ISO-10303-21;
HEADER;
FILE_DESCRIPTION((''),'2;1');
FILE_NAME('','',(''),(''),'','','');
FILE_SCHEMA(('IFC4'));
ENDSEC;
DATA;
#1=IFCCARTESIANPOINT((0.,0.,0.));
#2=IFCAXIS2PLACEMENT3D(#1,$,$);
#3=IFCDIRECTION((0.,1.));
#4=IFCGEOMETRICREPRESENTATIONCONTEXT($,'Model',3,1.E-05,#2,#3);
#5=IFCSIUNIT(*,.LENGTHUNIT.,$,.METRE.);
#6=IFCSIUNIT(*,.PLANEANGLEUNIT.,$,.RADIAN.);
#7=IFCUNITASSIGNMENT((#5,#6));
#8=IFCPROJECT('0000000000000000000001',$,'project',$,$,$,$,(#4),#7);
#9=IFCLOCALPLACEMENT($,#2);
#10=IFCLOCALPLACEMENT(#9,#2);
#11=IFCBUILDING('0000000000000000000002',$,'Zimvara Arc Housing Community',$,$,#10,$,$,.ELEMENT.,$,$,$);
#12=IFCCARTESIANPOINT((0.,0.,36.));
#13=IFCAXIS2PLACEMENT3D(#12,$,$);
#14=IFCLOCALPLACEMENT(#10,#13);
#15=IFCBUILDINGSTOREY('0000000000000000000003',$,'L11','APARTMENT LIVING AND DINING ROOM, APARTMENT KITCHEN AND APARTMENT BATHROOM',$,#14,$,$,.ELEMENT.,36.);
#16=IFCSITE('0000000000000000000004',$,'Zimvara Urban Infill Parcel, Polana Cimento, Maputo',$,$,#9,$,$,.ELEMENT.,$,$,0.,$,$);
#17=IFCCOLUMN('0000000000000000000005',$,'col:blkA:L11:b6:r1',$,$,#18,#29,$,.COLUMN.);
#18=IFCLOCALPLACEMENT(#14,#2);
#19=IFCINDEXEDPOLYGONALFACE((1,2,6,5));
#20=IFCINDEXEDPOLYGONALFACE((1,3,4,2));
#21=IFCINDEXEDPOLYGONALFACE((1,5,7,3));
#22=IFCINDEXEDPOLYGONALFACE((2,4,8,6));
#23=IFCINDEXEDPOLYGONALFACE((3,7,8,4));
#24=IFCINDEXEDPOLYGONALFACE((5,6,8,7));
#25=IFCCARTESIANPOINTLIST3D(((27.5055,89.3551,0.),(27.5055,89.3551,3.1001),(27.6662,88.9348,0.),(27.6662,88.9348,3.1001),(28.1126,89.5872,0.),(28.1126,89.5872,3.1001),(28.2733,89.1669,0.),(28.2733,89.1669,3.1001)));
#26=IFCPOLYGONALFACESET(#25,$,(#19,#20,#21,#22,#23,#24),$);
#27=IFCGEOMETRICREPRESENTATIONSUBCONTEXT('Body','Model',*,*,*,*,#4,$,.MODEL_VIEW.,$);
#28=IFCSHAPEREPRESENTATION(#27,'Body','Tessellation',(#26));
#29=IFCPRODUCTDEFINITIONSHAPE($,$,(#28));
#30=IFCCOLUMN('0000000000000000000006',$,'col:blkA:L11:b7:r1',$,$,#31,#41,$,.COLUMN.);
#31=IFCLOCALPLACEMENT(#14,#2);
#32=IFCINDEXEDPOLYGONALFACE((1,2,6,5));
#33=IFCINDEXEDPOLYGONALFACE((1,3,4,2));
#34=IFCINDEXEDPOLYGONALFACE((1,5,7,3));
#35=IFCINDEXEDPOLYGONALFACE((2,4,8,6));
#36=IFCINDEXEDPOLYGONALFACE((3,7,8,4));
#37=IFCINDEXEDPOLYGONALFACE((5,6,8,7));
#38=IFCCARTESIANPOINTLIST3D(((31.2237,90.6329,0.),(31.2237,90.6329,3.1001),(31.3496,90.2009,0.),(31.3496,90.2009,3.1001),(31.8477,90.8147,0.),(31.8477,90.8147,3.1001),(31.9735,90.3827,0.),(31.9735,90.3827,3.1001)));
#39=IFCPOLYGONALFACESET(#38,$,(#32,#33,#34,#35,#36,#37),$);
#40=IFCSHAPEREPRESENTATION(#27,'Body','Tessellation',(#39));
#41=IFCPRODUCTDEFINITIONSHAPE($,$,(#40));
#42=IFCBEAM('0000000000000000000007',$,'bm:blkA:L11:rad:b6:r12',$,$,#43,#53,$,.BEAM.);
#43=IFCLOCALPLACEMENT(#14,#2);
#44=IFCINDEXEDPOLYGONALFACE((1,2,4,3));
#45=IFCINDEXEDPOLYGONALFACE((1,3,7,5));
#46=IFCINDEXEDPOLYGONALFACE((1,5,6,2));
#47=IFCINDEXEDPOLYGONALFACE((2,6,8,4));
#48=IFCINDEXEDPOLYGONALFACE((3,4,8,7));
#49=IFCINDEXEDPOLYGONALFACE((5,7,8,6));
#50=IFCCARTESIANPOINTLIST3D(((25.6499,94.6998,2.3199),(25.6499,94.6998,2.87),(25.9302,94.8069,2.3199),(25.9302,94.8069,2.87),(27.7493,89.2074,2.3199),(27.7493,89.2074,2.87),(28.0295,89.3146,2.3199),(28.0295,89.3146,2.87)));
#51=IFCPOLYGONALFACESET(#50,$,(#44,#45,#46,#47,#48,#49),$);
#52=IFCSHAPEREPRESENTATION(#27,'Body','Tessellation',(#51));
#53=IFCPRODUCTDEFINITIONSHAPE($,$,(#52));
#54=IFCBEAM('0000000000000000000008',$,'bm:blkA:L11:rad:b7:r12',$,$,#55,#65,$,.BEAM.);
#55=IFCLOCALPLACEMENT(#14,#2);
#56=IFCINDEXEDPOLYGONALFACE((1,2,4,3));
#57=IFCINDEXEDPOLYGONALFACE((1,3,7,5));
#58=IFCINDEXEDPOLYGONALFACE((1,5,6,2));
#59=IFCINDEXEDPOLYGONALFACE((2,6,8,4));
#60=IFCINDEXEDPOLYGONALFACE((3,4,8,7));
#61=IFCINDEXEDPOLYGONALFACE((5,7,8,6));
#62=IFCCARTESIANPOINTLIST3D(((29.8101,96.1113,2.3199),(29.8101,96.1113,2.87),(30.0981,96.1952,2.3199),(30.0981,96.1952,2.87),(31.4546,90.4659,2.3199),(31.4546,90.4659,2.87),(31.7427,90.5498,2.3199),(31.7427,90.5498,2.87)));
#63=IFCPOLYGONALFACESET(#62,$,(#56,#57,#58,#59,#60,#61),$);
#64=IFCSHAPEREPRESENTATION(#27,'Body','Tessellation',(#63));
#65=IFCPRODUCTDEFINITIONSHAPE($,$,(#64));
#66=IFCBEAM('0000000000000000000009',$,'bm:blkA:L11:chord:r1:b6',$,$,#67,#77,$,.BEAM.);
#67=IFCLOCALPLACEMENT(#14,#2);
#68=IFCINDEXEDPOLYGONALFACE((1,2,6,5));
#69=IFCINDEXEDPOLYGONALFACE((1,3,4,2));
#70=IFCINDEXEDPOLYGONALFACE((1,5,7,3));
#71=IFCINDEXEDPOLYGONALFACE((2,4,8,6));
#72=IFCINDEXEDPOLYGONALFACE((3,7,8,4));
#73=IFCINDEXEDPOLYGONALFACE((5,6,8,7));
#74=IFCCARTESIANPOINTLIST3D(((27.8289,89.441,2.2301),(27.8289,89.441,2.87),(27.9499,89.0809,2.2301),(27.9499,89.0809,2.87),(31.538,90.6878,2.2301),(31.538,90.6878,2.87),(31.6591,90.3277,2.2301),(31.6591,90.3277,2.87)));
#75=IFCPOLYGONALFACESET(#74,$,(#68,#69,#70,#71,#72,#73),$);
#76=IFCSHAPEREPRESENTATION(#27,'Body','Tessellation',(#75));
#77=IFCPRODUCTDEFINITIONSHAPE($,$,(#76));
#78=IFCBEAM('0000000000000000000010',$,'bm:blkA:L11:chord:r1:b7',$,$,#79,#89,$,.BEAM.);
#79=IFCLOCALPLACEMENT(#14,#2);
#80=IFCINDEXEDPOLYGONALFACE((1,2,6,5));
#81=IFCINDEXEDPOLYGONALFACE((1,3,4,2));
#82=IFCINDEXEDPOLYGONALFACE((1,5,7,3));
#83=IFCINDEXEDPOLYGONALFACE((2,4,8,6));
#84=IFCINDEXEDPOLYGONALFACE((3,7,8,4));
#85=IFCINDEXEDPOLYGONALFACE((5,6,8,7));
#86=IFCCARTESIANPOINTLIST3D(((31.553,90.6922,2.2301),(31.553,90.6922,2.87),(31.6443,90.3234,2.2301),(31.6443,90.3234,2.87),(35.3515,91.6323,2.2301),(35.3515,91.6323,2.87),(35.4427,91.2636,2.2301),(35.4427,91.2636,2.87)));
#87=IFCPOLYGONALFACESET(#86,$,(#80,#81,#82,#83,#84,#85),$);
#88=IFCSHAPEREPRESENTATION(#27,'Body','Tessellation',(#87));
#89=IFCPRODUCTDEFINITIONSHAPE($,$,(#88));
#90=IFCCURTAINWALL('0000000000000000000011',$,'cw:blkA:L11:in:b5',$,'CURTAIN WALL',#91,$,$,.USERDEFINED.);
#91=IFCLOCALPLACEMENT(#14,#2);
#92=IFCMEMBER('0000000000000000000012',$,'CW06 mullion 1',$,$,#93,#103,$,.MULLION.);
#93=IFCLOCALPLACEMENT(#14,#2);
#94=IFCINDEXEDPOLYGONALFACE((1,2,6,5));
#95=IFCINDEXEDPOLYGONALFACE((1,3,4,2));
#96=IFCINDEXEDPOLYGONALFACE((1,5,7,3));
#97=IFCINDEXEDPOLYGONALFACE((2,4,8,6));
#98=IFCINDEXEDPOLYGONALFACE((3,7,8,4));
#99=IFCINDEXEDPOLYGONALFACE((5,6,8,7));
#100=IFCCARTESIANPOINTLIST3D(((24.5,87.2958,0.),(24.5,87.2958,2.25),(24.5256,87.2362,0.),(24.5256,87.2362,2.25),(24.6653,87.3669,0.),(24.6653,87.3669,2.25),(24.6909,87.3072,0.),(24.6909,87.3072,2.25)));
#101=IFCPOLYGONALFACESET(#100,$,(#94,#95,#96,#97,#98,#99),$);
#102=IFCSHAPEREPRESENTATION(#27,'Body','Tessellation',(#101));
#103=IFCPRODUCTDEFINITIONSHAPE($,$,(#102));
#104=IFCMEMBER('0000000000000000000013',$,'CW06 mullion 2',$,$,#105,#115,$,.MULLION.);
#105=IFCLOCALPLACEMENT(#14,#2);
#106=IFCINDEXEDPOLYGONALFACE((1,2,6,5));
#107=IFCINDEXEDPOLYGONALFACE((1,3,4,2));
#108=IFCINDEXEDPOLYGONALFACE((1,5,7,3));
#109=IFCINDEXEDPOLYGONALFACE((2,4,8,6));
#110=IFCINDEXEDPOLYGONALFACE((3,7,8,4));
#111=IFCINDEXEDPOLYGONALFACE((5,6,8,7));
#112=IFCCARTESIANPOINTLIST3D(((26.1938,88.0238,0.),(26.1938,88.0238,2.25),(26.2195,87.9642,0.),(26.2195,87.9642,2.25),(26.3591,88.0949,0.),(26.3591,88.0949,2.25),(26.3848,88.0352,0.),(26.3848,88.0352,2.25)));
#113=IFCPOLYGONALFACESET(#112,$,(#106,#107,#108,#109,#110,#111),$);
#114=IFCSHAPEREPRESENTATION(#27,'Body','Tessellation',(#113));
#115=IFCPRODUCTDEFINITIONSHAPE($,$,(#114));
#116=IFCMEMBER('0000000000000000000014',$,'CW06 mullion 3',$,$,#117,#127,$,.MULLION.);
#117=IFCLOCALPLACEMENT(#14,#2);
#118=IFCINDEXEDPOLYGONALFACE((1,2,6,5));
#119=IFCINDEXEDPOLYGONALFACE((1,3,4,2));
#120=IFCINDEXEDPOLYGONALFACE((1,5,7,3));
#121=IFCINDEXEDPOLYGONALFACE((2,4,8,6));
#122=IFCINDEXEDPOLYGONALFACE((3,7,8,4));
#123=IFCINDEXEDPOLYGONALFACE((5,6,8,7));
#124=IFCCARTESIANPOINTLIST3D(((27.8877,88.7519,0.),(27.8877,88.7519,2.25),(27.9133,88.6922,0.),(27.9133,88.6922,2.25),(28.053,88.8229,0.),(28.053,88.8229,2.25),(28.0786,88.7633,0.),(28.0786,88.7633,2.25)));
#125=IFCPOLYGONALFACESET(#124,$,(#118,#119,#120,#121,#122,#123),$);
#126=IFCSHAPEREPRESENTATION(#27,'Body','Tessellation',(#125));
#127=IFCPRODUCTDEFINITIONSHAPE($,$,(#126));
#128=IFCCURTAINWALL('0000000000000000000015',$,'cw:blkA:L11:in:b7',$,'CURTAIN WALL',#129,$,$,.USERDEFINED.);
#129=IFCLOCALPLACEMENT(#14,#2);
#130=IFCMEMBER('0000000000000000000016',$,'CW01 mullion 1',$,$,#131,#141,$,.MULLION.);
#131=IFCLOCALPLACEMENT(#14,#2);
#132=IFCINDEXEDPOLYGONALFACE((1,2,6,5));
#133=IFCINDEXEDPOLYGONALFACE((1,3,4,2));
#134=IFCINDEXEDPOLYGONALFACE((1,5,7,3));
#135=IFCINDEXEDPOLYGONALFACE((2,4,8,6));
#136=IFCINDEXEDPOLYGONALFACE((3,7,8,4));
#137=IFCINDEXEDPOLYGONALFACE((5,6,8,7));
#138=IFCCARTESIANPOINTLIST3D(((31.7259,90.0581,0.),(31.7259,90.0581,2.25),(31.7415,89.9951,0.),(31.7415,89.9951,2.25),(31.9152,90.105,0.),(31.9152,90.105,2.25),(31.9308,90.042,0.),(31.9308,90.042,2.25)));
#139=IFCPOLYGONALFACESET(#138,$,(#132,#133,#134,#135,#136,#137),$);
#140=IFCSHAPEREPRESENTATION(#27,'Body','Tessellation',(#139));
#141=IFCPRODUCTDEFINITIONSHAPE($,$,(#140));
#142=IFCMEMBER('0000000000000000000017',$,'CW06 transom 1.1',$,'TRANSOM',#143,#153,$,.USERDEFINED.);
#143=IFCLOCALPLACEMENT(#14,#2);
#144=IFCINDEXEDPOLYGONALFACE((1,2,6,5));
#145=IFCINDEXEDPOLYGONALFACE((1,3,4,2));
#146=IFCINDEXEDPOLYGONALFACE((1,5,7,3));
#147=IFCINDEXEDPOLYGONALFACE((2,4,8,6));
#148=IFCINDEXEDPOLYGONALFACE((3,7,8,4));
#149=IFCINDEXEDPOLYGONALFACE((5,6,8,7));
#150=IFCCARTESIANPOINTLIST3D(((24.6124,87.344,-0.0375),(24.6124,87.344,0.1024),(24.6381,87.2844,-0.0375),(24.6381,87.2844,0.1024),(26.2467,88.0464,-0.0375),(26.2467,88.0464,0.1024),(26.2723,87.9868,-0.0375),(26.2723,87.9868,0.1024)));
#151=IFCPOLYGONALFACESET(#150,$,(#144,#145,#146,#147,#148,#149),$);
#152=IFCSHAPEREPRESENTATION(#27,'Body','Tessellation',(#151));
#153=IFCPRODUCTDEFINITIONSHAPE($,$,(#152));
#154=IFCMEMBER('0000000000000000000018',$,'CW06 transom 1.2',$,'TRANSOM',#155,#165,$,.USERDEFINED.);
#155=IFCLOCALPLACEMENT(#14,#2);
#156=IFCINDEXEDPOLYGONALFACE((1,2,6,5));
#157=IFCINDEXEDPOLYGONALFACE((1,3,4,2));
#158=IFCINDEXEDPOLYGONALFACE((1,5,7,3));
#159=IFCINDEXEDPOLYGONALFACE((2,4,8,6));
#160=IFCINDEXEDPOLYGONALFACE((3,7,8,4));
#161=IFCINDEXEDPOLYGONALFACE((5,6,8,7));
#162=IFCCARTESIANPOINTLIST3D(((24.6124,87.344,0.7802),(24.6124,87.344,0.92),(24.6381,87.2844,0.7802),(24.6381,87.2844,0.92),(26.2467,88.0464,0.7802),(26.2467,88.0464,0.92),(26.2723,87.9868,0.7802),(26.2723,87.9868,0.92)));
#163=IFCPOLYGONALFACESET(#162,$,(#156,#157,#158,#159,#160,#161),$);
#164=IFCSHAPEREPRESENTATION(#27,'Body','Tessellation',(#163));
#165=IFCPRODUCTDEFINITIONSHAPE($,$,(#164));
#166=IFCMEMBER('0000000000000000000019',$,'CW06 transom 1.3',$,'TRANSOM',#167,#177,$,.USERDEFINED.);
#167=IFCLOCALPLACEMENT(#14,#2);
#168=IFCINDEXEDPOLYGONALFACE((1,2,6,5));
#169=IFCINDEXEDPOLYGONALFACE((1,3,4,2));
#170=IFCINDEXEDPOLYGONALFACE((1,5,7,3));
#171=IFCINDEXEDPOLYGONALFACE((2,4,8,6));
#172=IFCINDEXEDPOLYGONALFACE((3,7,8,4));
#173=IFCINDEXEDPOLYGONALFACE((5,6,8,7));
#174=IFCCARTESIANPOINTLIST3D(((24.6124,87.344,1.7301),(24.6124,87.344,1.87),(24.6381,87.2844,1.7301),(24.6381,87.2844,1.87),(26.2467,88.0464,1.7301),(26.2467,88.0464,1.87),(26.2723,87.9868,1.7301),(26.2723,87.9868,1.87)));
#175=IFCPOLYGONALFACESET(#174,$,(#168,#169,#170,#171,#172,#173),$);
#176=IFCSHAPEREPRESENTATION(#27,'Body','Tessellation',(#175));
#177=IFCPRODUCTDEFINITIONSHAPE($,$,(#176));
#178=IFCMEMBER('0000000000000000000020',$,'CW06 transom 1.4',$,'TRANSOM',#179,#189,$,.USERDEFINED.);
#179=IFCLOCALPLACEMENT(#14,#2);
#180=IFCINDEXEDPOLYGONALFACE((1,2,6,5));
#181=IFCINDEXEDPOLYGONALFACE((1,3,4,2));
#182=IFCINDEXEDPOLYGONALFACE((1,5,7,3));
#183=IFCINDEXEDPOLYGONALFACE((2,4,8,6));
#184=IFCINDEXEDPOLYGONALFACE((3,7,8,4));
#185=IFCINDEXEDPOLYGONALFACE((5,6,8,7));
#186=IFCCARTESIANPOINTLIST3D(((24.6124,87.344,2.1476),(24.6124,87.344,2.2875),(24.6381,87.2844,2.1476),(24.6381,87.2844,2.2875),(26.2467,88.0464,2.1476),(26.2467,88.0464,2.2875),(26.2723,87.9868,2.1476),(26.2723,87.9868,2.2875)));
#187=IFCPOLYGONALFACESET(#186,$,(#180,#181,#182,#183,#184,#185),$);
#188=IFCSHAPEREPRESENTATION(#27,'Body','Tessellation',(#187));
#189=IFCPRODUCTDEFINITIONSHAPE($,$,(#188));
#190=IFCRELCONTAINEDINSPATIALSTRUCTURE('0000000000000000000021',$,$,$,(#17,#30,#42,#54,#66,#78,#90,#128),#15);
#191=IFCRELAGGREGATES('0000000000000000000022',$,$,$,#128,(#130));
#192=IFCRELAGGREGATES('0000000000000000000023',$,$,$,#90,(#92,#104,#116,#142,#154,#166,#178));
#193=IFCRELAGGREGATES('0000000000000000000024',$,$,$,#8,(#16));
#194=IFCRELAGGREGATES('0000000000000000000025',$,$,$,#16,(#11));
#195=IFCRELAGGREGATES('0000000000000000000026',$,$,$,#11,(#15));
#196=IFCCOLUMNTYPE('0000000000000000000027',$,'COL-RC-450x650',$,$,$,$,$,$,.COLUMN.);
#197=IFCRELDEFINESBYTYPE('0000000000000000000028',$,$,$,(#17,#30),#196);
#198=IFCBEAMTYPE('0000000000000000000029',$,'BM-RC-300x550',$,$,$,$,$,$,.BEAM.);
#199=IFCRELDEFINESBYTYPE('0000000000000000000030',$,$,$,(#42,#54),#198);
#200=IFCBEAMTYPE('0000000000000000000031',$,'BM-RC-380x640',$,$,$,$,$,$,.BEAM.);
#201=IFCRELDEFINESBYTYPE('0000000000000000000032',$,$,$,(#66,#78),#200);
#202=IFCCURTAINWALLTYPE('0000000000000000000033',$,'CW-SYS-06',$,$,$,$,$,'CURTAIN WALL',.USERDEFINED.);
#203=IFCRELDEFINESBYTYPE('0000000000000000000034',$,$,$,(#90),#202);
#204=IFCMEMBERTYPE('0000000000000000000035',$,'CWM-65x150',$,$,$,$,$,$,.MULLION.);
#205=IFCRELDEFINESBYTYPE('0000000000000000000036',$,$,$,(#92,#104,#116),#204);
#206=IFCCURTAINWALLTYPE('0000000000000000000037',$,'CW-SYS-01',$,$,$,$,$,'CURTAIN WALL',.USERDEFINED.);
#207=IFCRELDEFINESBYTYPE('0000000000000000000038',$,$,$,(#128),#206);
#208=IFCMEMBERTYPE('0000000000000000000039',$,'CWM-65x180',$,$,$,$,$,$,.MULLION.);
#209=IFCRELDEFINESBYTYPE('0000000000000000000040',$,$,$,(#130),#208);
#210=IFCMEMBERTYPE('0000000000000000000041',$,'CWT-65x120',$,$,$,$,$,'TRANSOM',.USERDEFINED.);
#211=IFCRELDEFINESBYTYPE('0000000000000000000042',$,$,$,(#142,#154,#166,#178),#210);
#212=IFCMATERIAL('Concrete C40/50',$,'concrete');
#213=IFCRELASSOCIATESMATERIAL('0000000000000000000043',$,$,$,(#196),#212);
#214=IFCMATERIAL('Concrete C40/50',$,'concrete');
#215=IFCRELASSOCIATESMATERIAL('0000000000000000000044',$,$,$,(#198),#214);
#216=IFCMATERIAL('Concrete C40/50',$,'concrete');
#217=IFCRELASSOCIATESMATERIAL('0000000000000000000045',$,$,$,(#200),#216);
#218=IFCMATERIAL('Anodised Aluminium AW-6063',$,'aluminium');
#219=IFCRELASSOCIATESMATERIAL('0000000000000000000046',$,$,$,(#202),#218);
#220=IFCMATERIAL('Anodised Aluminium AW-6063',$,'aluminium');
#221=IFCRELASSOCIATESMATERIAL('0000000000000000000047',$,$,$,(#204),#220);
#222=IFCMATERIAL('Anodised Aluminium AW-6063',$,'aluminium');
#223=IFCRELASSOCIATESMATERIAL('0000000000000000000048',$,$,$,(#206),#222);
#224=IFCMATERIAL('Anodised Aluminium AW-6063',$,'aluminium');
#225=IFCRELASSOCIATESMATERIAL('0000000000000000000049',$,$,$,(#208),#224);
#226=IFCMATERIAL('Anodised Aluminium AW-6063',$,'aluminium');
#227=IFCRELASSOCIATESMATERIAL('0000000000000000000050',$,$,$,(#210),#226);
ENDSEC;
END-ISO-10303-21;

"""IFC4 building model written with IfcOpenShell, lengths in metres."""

from ifc_helpers import new_model, si_unit, direction, frame, origin, origin_2d, place, context, subcontext, project, spatial, rectangle, extrude, material, material_profile, profile_set, type_object, element, aggregate, save


model = new_model("IFC4")

# Units and contexts
model_context = context("Model", 3, precision=1e-05, world=origin(), true_north=direction((0.0, 1.0)))
body_context = subcontext(model_context, "Body", "Model", "MODEL_VIEW")
ifc_project = project(units=[si_unit("LENGTHUNIT", "METRE"), si_unit("PLANEANGLEUNIT", "RADIAN")], contexts=[model_context])

# Site, building, storey
site_placement = place(None, origin())
site = spatial("IfcSite", under=ifc_project, at=site_placement, Name="Zimvara Urban Infill Parcel, Polana Cimento, Maputo", CompositionType="ELEMENT", RefElevation=0.0)
building_placement = place(site_placement, origin())
building = spatial("IfcBuilding", under=site, at=building_placement, Name="Zimvara Arc Housing Community", CompositionType="ELEMENT")
storey_placement = place(building_placement, frame((0.0, 0.0, 36.0)))
storey = spatial("IfcBuildingStorey", under=building, at=storey_placement, Name="L11", Description="APARTMENT LIVING AND DINING ROOM, APARTMENT KITCHEN AND APARTMENT BATHROOM", CompositionType="ELEMENT", Elevation=36.0)

# Columns
ifc_material_1 = material(Name="Concrete C40/50", Category="concrete")
ifc_material_profile_1 = material_profile(ifc_material_1, rectangle(XDim=0.45, YDim=0.6499, at=origin_2d()), Name="RC 450x650")
ifc_profile_set_1 = profile_set([ifc_material_profile_1], Name="Concrete C40/50")
column_type = type_object("IfcColumnType", Name="COL-RC-450x650", PredefinedType="COLUMN", material=ifc_profile_set_1)
for number, where, z_axis, x_axis, name in (
    (1, (27.8894, 89.261, 0.0), (0.0, 0.0, 1.0), (-0.357064, 0.93408, 0.0), "col:blkA:L11:b6:r1"),
    (2, (31.5986, 90.5078, 0.0), (0.0, 0.0, 1.0), (-0.279661, 0.960099, 0.0), "col:blkA:L11:b7:r1"),
):
    element("IfcColumn", number, at=place(storey_placement, frame(where, z_axis=z_axis, x_axis=x_axis)), inside=storey, type_object=column_type, Name=name, PredefinedType="COLUMN", context=body_context, shape_type="SweptSolid", body=[
        extrude(rectangle(XDim=0.45, YDim=0.6499, at=origin_2d()), origin(), (0.0, 0.0, 1.0), 3.1001),
    ])

# Beams
ifc_material_2 = material(Name="Concrete C40/50", Category="concrete")
ifc_material_profile_2 = material_profile(ifc_material_2, rectangle(XDim=0.3, YDim=0.55, at=origin_2d()), Name="RC 300x550")
ifc_profile_set_2 = profile_set([ifc_material_profile_2], Name="Concrete C40/50")
beam_type_1 = type_object("IfcBeamType", Name="BM-RC-300x550", PredefinedType="BEAM", material=ifc_profile_set_2)
beam_1_placement = place(storey_placement, frame((27.8894, 89.261, 2.595), z_axis=(-0.357036, 0.934091, 0.0), x_axis=(-0.934091, -0.357036, 0.0)))
element("IfcBeam", 3, at=beam_1_placement, inside=storey, type_object=beam_type_1, Name="bm:blkA:L11:rad:b6:r12", PredefinedType="BEAM", context=body_context, shape_type="SweptSolid", body=[
    extrude(rectangle(XDim=0.3, YDim=0.55, at=origin_2d()), origin(), (0.0, 0.0, 1.0), 5.8799),
])
beam_2_placement = place(storey_placement, frame((31.5986, 90.5078, 2.595), z_axis=(-0.279675, 0.960095, 0.0), x_axis=(-0.960095, -0.279675, 0.0)))
element("IfcBeam", 4, at=beam_2_placement, inside=storey, type_object=beam_type_1, Name="bm:blkA:L11:rad:b7:r12", PredefinedType="BEAM", context=body_context, shape_type="SweptSolid", body=[
    extrude(rectangle(XDim=0.3, YDim=0.55, at=origin_2d()), origin(), (0.0, 0.0, 1.0), 5.8801),
])
ifc_material_3 = material(Name="Concrete C40/50", Category="concrete")
ifc_material_profile_3 = material_profile(ifc_material_3, rectangle(XDim=0.3799, YDim=0.6399, at=origin_2d()), Name="RC 380x640")
ifc_profile_set_3 = profile_set([ifc_material_profile_3], Name="Concrete C40/50")
beam_type_2 = type_object("IfcBeamType", Name="BM-RC-380x640", PredefinedType="BEAM", material=ifc_profile_set_3)
for number, where, z_axis, x_axis, name in (
    (5, (27.8894, 89.261, 2.55), (0.947882, 0.318623, 0.0), (-0.318623, 0.947882, 0.0), "bm:blkA:L11:chord:r1:b6"),
    (6, (31.5986, 90.5078, 2.55), (0.970709, 0.24026, 0.0), (-0.24026, 0.970709, 0.0), "bm:blkA:L11:chord:r1:b7"),
):
    element("IfcBeam", number, at=place(storey_placement, frame(where, z_axis=z_axis, x_axis=x_axis)), inside=storey, type_object=beam_type_2, Name=name, PredefinedType="BEAM", context=body_context, shape_type="SweptSolid", body=[
        extrude(rectangle(XDim=0.3799, YDim=0.6399, at=origin_2d()), origin(), (0.0, 0.0, 1.0), 3.9131),
    ])

# Curtain wall, members
ifc_material_4 = material(Name="Anodised Aluminium AW-6063", Category="aluminium")
curtain_wall_type_1 = type_object("IfcCurtainWallType", Name="CW-SYS-06", ElementType="CURTAIN WALL", PredefinedType="USERDEFINED", material=ifc_material_4)
curtain_wall_1_placement = place(storey_placement, origin())
curtain_wall_1 = element("IfcCurtainWall", 7, at=curtain_wall_1_placement, inside=storey, type_object=curtain_wall_type_1, Name="cw:blkA:L11:in:b5", ObjectType="CURTAIN WALL", PredefinedType="USERDEFINED")
ifc_material_5 = material(Name="Anodised Aluminium AW-6063", Category="aluminium")
ifc_material_profile_4 = material_profile(ifc_material_5, rectangle(XDim=0.0649, YDim=0.1799, at=origin_2d()), Name="ALU 65x180")
ifc_profile_set_4 = profile_set([ifc_material_profile_4], Name="Anodised Aluminium AW-6063")
member_type_1 = type_object("IfcMemberType", Name="CWM-65x150", PredefinedType="MULLION", material=ifc_profile_set_4)
member_1_placement = place(storey_placement, frame((24.5955, 87.3015, 0.0), z_axis=(0.0, 0.0, 1.0), x_axis=(-0.394904, 0.918722, 0.0)))
member_1 = element("IfcMember", 8, at=member_1_placement, type_object=member_type_1, Name="CW06 mullion 1", PredefinedType="MULLION", context=body_context, shape_type="SweptSolid", body=[
    extrude(rectangle(XDim=0.0649, YDim=0.1799, at=origin_2d()), origin(), (0.0, 0.0, 1.0), 2.25),
])
member_2_placement = place(storey_placement, frame((26.2893, 88.0295, 0.0), z_axis=(0.0, 0.0, 1.0), x_axis=(-0.394904, 0.918722, 0.0)))
member_2 = element("IfcMember", 9, at=member_2_placement, type_object=member_type_1, Name="CW06 mullion 2", PredefinedType="MULLION", context=body_context, shape_type="SweptSolid", body=[
    extrude(rectangle(XDim=0.0649, YDim=0.1799, at=origin_2d()), origin(), (0.0, 0.0, 1.0), 2.25),
])
member_3_placement = place(storey_placement, frame((27.9832, 88.7576, 0.0), z_axis=(0.0, 0.0, 1.0), x_axis=(-0.394904, 0.918722, 0.0)))
member_3 = element("IfcMember", 10, at=member_3_placement, type_object=member_type_1, Name="CW06 mullion 3", PredefinedType="MULLION", context=body_context, shape_type="SweptSolid", body=[
    extrude(rectangle(XDim=0.0649, YDim=0.1799, at=origin_2d()), origin(), (0.0, 0.0, 1.0), 2.25),
])

# Curtain wall, member
ifc_material_6 = material(Name="Anodised Aluminium AW-6063", Category="aluminium")
curtain_wall_type_2 = type_object("IfcCurtainWallType", Name="CW-SYS-01", ElementType="CURTAIN WALL", PredefinedType="USERDEFINED", material=ifc_material_6)
curtain_wall_2_placement = place(storey_placement, origin())
curtain_wall_2 = element("IfcCurtainWall", 11, at=curtain_wall_2_placement, inside=storey, type_object=curtain_wall_type_2, Name="cw:blkA:L11:in:b7", ObjectType="CURTAIN WALL", PredefinedType="USERDEFINED")
ifc_material_7 = material(Name="Anodised Aluminium AW-6063", Category="aluminium")
ifc_material_profile_5 = material_profile(ifc_material_7, rectangle(XDim=0.0649, YDim=0.1951, at=origin_2d()), Name="ALU 65x195")
ifc_profile_set_5 = profile_set([ifc_material_profile_5], Name="Anodised Aluminium AW-6063")
member_type_2 = type_object("IfcMemberType", Name="CWM-65x180", PredefinedType="MULLION", material=ifc_profile_set_5)
member_4_placement = place(storey_placement, frame((31.8284, 90.05, 0.0), z_axis=(0.0, 0.0, 1.0), x_axis=(-0.240229, 0.970716, 0.0)))
member_4 = element("IfcMember", 12, at=member_4_placement, type_object=member_type_2, Name="CW01 mullion 1", PredefinedType="MULLION", context=body_context, shape_type="SweptSolid", body=[
    extrude(rectangle(XDim=0.0649, YDim=0.1951, at=origin_2d()), origin(), (0.0, 0.0, 1.0), 2.25),
])
aggregate(curtain_wall_2, [member_4])

# Members
ifc_material_8 = material(Name="Anodised Aluminium AW-6063", Category="aluminium")
ifc_material_profile_6 = material_profile(ifc_material_8, rectangle(XDim=0.0649, YDim=0.1399, at=origin_2d()), Name="ALU 65x140")
ifc_profile_set_6 = profile_set([ifc_material_profile_6], Name="Anodised Aluminium AW-6063")
member_type_3 = type_object("IfcMemberType", Name="CWT-65x120", ElementType="TRANSOM", PredefinedType="USERDEFINED", material=ifc_profile_set_6)
member_5_placement = place(storey_placement, frame((24.6252, 87.3142, 0.0325), z_axis=(0.91874, 0.394863, 0.0), x_axis=(-0.394863, 0.91874, 0.0)))
member_5 = element("IfcMember", 13, at=member_5_placement, type_object=member_type_3, Name="CW06 transom 1.1", ObjectType="TRANSOM", PredefinedType="USERDEFINED", context=body_context, shape_type="SweptSolid", body=[
    extrude(rectangle(XDim=0.0649, YDim=0.1399, at=origin_2d()), origin(), (0.0, 0.0, 1.0), 1.7788),
])
member_6_placement = place(storey_placement, frame((24.6252, 87.3142, 0.8501), z_axis=(0.91874, 0.394863, 0.0), x_axis=(-0.394863, 0.91874, 0.0)))
member_6 = element("IfcMember", 14, at=member_6_placement, type_object=member_type_3, Name="CW06 transom 1.2", ObjectType="TRANSOM", PredefinedType="USERDEFINED", context=body_context, shape_type="SweptSolid", body=[
    extrude(rectangle(XDim=0.0649, YDim=0.1399, at=origin_2d()), origin(), (0.0, 0.0, 1.0), 1.7788),
])
member_7_placement = place(storey_placement, frame((24.6252, 87.3142, 1.8), z_axis=(0.91874, 0.394863, 0.0), x_axis=(-0.394863, 0.91874, 0.0)))
member_7 = element("IfcMember", 15, at=member_7_placement, type_object=member_type_3, Name="CW06 transom 1.3", ObjectType="TRANSOM", PredefinedType="USERDEFINED", context=body_context, shape_type="SweptSolid", body=[
    extrude(rectangle(XDim=0.0649, YDim=0.1399, at=origin_2d()), origin(), (0.0, 0.0, 1.0), 1.7788),
])
member_8_placement = place(storey_placement, frame((24.6252, 87.3142, 2.2175), z_axis=(0.91874, 0.394863, 0.0), x_axis=(-0.394863, 0.91874, 0.0)))
member_8 = element("IfcMember", 16, at=member_8_placement, type_object=member_type_3, Name="CW06 transom 1.4", ObjectType="TRANSOM", PredefinedType="USERDEFINED", context=body_context, shape_type="SweptSolid", body=[
    extrude(rectangle(XDim=0.0649, YDim=0.1399, at=origin_2d()), origin(), (0.0, 0.0, 1.0), 1.7788),
])

aggregate(curtain_wall_1, [member_1, member_2, member_3, member_5, member_6, member_7, member_8])

save(model, "model.ifc")
